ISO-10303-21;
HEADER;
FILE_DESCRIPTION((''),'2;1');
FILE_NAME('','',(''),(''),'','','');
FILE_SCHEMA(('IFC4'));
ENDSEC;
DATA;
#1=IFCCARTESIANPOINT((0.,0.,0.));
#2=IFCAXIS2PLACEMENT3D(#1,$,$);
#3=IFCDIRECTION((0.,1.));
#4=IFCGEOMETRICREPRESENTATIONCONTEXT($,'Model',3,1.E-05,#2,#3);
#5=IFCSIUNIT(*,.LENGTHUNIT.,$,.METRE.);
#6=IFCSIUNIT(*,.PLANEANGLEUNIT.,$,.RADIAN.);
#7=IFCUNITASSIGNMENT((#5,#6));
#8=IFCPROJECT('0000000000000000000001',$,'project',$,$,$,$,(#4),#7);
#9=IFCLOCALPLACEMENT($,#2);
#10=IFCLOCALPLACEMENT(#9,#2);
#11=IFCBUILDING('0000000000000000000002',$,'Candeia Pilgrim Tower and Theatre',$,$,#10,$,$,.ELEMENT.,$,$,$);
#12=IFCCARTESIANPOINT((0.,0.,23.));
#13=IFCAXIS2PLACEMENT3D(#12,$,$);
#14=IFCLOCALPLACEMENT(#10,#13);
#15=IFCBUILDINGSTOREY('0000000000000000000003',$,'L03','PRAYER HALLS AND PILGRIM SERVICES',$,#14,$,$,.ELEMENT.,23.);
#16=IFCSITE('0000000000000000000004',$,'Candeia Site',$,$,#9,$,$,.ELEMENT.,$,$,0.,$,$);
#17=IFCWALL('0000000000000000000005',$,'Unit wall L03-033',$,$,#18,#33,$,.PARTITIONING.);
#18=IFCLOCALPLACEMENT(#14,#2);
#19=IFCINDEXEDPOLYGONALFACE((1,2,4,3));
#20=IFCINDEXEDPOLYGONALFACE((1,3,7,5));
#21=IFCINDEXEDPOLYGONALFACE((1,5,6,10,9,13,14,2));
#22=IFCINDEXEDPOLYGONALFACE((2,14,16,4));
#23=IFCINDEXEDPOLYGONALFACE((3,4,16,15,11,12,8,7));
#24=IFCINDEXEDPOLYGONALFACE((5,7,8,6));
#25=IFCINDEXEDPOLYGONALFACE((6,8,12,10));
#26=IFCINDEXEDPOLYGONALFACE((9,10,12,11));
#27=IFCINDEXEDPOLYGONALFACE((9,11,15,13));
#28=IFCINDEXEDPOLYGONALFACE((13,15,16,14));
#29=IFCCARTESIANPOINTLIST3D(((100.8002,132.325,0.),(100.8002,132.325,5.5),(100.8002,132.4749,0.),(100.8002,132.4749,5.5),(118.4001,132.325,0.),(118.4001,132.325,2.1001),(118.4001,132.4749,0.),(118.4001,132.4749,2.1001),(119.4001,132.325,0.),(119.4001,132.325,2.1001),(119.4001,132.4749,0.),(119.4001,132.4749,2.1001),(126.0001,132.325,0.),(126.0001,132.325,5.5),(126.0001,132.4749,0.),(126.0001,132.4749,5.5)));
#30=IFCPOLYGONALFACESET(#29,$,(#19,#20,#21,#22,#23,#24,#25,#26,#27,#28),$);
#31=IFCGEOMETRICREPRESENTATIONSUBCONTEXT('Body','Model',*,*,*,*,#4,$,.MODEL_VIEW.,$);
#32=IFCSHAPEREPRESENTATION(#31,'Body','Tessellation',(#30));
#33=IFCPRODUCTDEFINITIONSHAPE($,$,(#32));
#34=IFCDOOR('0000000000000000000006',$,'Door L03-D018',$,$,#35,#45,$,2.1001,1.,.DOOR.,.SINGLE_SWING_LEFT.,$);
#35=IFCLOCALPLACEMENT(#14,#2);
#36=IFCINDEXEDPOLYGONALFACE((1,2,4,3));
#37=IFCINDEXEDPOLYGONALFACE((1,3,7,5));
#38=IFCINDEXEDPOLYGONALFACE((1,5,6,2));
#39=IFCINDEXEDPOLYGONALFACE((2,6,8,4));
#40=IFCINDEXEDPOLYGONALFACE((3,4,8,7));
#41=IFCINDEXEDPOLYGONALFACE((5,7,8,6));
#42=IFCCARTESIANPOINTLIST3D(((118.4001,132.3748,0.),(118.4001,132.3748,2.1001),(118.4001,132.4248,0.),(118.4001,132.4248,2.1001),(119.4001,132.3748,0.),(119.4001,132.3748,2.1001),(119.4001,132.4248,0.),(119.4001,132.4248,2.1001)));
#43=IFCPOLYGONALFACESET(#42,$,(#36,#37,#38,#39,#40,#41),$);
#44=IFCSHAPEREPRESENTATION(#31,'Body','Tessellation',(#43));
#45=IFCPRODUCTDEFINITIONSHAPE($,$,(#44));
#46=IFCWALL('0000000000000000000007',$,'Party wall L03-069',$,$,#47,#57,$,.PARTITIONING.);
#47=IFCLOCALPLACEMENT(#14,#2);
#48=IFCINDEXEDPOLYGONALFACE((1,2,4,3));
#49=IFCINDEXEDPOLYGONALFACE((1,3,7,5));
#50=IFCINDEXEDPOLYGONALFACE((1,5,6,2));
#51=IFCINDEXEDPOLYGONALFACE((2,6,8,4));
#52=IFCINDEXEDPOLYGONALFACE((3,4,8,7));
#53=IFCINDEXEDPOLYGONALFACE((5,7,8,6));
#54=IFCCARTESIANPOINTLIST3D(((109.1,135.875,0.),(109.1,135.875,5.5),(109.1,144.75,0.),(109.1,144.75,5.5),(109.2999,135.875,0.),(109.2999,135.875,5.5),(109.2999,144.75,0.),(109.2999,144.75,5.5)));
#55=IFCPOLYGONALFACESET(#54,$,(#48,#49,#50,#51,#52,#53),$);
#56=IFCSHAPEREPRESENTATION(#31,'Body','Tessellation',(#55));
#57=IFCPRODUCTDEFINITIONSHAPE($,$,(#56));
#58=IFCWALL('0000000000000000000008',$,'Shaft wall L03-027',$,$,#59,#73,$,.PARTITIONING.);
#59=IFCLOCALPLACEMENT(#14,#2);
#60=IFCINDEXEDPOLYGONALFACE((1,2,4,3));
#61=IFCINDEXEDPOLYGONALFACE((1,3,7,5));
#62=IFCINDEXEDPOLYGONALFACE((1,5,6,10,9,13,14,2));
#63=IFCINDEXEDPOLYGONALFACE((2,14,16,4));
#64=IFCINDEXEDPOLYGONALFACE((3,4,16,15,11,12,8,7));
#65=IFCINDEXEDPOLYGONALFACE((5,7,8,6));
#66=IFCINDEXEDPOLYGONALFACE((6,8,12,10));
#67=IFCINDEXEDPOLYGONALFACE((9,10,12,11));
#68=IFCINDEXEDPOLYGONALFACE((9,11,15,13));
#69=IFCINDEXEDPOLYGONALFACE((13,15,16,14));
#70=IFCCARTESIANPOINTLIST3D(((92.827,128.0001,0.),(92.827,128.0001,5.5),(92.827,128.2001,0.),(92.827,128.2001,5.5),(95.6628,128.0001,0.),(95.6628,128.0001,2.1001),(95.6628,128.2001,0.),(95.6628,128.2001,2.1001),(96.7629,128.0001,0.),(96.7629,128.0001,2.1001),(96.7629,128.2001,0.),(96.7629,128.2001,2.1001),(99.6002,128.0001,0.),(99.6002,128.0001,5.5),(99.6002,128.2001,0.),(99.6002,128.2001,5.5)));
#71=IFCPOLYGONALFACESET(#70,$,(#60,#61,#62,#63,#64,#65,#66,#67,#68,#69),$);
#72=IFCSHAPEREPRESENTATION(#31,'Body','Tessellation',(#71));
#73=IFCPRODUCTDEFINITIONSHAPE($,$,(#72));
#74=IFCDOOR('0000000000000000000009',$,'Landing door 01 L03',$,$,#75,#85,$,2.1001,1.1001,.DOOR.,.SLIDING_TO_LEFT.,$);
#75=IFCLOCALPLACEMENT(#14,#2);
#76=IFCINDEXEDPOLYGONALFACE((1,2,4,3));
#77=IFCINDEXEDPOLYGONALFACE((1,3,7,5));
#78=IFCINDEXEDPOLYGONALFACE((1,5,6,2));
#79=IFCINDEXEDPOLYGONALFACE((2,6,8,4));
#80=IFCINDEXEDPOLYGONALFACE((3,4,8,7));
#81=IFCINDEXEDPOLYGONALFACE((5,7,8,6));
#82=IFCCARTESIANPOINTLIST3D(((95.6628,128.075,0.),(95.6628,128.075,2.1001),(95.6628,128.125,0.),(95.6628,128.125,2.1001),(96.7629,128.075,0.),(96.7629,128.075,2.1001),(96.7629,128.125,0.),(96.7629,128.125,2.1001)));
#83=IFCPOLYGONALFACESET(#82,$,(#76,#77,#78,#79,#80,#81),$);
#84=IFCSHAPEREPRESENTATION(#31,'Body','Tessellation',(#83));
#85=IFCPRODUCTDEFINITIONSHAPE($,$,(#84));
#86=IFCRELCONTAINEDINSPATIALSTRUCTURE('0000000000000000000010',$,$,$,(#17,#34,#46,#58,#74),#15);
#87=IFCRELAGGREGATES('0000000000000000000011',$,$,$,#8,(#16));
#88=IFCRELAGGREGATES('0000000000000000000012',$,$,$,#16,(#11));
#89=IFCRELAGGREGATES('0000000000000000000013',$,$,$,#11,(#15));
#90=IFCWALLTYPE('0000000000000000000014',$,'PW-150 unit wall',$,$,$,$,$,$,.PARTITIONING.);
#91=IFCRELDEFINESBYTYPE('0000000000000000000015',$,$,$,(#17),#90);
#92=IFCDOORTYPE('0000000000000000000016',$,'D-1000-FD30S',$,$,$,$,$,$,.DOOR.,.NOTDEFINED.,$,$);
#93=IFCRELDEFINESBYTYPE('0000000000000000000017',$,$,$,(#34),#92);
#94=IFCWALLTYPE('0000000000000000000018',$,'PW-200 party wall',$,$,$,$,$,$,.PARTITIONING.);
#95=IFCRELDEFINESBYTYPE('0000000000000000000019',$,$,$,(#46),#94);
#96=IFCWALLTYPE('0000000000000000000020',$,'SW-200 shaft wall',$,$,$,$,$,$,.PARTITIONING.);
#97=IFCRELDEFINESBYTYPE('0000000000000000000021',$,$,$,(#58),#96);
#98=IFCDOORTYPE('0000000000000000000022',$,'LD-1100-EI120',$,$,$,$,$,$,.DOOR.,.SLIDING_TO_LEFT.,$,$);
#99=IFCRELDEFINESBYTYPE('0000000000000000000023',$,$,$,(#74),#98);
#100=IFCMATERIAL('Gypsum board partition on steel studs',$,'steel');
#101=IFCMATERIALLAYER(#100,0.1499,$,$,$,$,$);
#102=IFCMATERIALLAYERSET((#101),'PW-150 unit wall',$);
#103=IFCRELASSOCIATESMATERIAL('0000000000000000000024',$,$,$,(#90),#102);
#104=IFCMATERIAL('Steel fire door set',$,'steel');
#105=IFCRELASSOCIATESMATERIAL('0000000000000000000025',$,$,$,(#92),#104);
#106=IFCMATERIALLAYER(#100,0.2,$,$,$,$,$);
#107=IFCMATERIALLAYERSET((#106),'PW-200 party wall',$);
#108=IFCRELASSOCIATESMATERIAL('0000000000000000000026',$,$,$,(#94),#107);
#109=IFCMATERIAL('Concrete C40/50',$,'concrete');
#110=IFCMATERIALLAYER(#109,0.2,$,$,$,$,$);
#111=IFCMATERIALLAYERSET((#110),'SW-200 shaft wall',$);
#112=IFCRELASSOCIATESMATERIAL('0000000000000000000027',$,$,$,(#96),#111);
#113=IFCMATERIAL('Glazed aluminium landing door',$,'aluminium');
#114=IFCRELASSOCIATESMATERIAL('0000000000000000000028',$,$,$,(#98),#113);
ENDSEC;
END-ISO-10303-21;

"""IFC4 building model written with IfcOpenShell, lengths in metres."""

from ifc_helpers import new_model, si_unit, direction, frame, frame_2d, origin, place, context, subcontext, project, spatial, rectangle, extrude, material, layer, layer_set, type_object, element, fill, save


model = new_model("IFC4")

# Units and contexts
model_context = context("Model", 3, precision=1e-05, world=origin(), true_north=direction((0.0, 1.0)))
body_context = subcontext(model_context, "Body", "Model", "MODEL_VIEW")
ifc_project = project(units=[si_unit("LENGTHUNIT", "METRE"), si_unit("PLANEANGLEUNIT", "RADIAN")], contexts=[model_context])

# Site, building, storey
site_placement = place(None, origin())
site = spatial("IfcSite", under=ifc_project, at=site_placement, Name="Candeia Site", CompositionType="ELEMENT", RefElevation=0.0)
building_placement = place(site_placement, origin())
building = spatial("IfcBuilding", under=site, at=building_placement, Name="Candeia Pilgrim Tower and Theatre", CompositionType="ELEMENT")
storey_placement = place(building_placement, frame((0.0, 0.0, 23.0)))
storey = spatial("IfcBuildingStorey", under=building, at=storey_placement, Name="L03", Description="PRAYER HALLS AND PILGRIM SERVICES", CompositionType="ELEMENT", Elevation=23.0)

# Wall, opening, door
ifc_material_1 = material(Name="Steel fire door set", Category="steel")
ifc_material_2 = material(Name="Gypsum board partition on steel studs", Category="steel")
ifc_layer_1 = layer(ifc_material_2, 0.1499)
ifc_layer_set_1 = layer_set([ifc_layer_1], Name="PW-150 unit wall")
wall_type_1 = type_object("IfcWallType", Name="PW-150 unit wall", PredefinedType="PARTITIONING", material=ifc_layer_set_1)
wall_1_placement = place(storey_placement, frame((100.8, 132.3999, 0.0), z_axis=(0.0, 0.0, 1.0), x_axis=(1.0, 0.0, 0.0)))
wall_1 = element("IfcWall", 1, at=wall_1_placement, inside=storey, type_object=wall_type_1, Name="Unit wall L03-033", PredefinedType="PARTITIONING", context=body_context, shape_type="SweptSolid", body=[
    extrude(rectangle(XDim=25.2, YDim=0.1499, at=frame_2d((12.6001, 0.0))), origin(), (0.0, 0.0, 1.0), 5.5),
])
opening_1_placement = place(wall_1_placement, frame((17.6001, 0.0, 0.0)))
opening_1 = element("IfcOpeningElement", 2, at=opening_1_placement, cuts=wall_1, PredefinedType="OPENING", context=body_context, shape_type="SweptSolid", body=[
    extrude(rectangle(XDim=1.0, YDim=2.1001, at=frame_2d((0.5, 1.05))), frame((0.0, 0.085, 0.0), z_axis=(0.0, -1.0, 0.0), x_axis=(1.0, 0.0, 0.0)), (0.0, 0.0, 1.0), 0.1699),
])
door_type_1 = type_object("IfcDoorType", Name="D-1000-FD30S", OperationType="NOTDEFINED", PredefinedType="DOOR", material=ifc_material_1)
door_1_placement = place(opening_1_placement, origin())
door_1 = element("IfcDoor", 3, at=door_1_placement, inside=storey, type_object=door_type_1, Name="Door L03-D018", OperationType="SINGLE_SWING_LEFT", OverallHeight=2.1001, OverallWidth=1.0, PredefinedType="DOOR", context=body_context, shape_type="SweptSolid", body=[
    extrude(rectangle(XDim=1.0, YDim=2.1001, at=frame_2d((0.5, 1.05))), frame((0.0, 0.0249, 0.0), z_axis=(0.0, -1.0, 0.0), x_axis=(1.0, 0.0, 0.0)), (0.0, 0.0, 1.0), 0.05),
])
fill(opening_1, door_1)

# Wall
ifc_layer_2 = layer(ifc_material_2, 0.2)
ifc_layer_set_2 = layer_set([ifc_layer_2], Name="PW-200 party wall")
wall_type_2 = type_object("IfcWallType", Name="PW-200 party wall", PredefinedType="PARTITIONING", material=ifc_layer_set_2)
wall_2_placement = place(storey_placement, frame((109.2, 135.875, 0.0), z_axis=(0.0, 0.0, 1.0), x_axis=(0.0, 1.0, 0.0)))
element("IfcWall", 4, at=wall_2_placement, inside=storey, type_object=wall_type_2, Name="Party wall L03-069", PredefinedType="PARTITIONING", context=body_context, shape_type="SweptSolid", body=[
    extrude(rectangle(XDim=8.875, YDim=0.2, at=frame_2d((4.4375, 0.0))), origin(), (0.0, 0.0, 1.0), 5.5),
])

# Wall, opening, door
ifc_material_3 = material(Name="Concrete C40/50", Category="concrete")
ifc_layer_3 = layer(ifc_material_3, 0.2)
ifc_layer_set_3 = layer_set([ifc_layer_3], Name="SW-200 shaft wall")
wall_type_3 = type_object("IfcWallType", Name="SW-200 shaft wall", PredefinedType="PARTITIONING", material=ifc_layer_set_3)
wall_3_placement = place(storey_placement, frame((92.8269, 128.1001, 0.0), z_axis=(0.0, 0.0, 1.0), x_axis=(1.0, 0.0, 0.0)))
wall_3 = element("IfcWall", 5, at=wall_3_placement, inside=storey, type_object=wall_type_3, Name="Shaft wall L03-027", PredefinedType="PARTITIONING", context=body_context, shape_type="SweptSolid", body=[
    extrude(rectangle(XDim=6.7732, YDim=0.2, at=frame_2d((3.3867, 0.0))), origin(), (0.0, 0.0, 1.0), 5.5),
])
opening_2_placement = place(wall_3_placement, frame((2.8359, 0.0, 0.0)))
opening_2 = element("IfcOpeningElement", 6, at=opening_2_placement, cuts=wall_3, PredefinedType="OPENING", context=body_context, shape_type="SweptSolid", body=[
    extrude(rectangle(XDim=1.1001, YDim=2.1001, at=frame_2d((0.55, 1.05))), frame((0.0, 0.1099, 0.0), z_axis=(0.0, -1.0, 0.0), x_axis=(1.0, 0.0, 0.0)), (0.0, 0.0, 1.0), 0.22),
])
ifc_material_4 = material(Name="Glazed aluminium landing door", Category="aluminium")
door_type_2 = type_object("IfcDoorType", Name="LD-1100-EI120", OperationType="SLIDING_TO_LEFT", PredefinedType="DOOR", material=ifc_material_4)
door_2_placement = place(opening_2_placement, origin())
door_2 = element("IfcDoor", 7, at=door_2_placement, inside=storey, type_object=door_type_2, Name="Landing door 01 L03", OperationType="SLIDING_TO_LEFT", OverallHeight=2.1001, OverallWidth=1.1001, PredefinedType="DOOR", context=body_context, shape_type="SweptSolid", body=[
    extrude(rectangle(XDim=1.1001, YDim=2.1001, at=frame_2d((0.55, 1.05))), frame((0.0, 0.0249, 0.0), z_axis=(0.0, -1.0, 0.0), x_axis=(1.0, 0.0, 0.0)), (0.0, 0.0, 1.0), 0.05),
])
fill(opening_2, door_2)

save(model, "model.ifc")
